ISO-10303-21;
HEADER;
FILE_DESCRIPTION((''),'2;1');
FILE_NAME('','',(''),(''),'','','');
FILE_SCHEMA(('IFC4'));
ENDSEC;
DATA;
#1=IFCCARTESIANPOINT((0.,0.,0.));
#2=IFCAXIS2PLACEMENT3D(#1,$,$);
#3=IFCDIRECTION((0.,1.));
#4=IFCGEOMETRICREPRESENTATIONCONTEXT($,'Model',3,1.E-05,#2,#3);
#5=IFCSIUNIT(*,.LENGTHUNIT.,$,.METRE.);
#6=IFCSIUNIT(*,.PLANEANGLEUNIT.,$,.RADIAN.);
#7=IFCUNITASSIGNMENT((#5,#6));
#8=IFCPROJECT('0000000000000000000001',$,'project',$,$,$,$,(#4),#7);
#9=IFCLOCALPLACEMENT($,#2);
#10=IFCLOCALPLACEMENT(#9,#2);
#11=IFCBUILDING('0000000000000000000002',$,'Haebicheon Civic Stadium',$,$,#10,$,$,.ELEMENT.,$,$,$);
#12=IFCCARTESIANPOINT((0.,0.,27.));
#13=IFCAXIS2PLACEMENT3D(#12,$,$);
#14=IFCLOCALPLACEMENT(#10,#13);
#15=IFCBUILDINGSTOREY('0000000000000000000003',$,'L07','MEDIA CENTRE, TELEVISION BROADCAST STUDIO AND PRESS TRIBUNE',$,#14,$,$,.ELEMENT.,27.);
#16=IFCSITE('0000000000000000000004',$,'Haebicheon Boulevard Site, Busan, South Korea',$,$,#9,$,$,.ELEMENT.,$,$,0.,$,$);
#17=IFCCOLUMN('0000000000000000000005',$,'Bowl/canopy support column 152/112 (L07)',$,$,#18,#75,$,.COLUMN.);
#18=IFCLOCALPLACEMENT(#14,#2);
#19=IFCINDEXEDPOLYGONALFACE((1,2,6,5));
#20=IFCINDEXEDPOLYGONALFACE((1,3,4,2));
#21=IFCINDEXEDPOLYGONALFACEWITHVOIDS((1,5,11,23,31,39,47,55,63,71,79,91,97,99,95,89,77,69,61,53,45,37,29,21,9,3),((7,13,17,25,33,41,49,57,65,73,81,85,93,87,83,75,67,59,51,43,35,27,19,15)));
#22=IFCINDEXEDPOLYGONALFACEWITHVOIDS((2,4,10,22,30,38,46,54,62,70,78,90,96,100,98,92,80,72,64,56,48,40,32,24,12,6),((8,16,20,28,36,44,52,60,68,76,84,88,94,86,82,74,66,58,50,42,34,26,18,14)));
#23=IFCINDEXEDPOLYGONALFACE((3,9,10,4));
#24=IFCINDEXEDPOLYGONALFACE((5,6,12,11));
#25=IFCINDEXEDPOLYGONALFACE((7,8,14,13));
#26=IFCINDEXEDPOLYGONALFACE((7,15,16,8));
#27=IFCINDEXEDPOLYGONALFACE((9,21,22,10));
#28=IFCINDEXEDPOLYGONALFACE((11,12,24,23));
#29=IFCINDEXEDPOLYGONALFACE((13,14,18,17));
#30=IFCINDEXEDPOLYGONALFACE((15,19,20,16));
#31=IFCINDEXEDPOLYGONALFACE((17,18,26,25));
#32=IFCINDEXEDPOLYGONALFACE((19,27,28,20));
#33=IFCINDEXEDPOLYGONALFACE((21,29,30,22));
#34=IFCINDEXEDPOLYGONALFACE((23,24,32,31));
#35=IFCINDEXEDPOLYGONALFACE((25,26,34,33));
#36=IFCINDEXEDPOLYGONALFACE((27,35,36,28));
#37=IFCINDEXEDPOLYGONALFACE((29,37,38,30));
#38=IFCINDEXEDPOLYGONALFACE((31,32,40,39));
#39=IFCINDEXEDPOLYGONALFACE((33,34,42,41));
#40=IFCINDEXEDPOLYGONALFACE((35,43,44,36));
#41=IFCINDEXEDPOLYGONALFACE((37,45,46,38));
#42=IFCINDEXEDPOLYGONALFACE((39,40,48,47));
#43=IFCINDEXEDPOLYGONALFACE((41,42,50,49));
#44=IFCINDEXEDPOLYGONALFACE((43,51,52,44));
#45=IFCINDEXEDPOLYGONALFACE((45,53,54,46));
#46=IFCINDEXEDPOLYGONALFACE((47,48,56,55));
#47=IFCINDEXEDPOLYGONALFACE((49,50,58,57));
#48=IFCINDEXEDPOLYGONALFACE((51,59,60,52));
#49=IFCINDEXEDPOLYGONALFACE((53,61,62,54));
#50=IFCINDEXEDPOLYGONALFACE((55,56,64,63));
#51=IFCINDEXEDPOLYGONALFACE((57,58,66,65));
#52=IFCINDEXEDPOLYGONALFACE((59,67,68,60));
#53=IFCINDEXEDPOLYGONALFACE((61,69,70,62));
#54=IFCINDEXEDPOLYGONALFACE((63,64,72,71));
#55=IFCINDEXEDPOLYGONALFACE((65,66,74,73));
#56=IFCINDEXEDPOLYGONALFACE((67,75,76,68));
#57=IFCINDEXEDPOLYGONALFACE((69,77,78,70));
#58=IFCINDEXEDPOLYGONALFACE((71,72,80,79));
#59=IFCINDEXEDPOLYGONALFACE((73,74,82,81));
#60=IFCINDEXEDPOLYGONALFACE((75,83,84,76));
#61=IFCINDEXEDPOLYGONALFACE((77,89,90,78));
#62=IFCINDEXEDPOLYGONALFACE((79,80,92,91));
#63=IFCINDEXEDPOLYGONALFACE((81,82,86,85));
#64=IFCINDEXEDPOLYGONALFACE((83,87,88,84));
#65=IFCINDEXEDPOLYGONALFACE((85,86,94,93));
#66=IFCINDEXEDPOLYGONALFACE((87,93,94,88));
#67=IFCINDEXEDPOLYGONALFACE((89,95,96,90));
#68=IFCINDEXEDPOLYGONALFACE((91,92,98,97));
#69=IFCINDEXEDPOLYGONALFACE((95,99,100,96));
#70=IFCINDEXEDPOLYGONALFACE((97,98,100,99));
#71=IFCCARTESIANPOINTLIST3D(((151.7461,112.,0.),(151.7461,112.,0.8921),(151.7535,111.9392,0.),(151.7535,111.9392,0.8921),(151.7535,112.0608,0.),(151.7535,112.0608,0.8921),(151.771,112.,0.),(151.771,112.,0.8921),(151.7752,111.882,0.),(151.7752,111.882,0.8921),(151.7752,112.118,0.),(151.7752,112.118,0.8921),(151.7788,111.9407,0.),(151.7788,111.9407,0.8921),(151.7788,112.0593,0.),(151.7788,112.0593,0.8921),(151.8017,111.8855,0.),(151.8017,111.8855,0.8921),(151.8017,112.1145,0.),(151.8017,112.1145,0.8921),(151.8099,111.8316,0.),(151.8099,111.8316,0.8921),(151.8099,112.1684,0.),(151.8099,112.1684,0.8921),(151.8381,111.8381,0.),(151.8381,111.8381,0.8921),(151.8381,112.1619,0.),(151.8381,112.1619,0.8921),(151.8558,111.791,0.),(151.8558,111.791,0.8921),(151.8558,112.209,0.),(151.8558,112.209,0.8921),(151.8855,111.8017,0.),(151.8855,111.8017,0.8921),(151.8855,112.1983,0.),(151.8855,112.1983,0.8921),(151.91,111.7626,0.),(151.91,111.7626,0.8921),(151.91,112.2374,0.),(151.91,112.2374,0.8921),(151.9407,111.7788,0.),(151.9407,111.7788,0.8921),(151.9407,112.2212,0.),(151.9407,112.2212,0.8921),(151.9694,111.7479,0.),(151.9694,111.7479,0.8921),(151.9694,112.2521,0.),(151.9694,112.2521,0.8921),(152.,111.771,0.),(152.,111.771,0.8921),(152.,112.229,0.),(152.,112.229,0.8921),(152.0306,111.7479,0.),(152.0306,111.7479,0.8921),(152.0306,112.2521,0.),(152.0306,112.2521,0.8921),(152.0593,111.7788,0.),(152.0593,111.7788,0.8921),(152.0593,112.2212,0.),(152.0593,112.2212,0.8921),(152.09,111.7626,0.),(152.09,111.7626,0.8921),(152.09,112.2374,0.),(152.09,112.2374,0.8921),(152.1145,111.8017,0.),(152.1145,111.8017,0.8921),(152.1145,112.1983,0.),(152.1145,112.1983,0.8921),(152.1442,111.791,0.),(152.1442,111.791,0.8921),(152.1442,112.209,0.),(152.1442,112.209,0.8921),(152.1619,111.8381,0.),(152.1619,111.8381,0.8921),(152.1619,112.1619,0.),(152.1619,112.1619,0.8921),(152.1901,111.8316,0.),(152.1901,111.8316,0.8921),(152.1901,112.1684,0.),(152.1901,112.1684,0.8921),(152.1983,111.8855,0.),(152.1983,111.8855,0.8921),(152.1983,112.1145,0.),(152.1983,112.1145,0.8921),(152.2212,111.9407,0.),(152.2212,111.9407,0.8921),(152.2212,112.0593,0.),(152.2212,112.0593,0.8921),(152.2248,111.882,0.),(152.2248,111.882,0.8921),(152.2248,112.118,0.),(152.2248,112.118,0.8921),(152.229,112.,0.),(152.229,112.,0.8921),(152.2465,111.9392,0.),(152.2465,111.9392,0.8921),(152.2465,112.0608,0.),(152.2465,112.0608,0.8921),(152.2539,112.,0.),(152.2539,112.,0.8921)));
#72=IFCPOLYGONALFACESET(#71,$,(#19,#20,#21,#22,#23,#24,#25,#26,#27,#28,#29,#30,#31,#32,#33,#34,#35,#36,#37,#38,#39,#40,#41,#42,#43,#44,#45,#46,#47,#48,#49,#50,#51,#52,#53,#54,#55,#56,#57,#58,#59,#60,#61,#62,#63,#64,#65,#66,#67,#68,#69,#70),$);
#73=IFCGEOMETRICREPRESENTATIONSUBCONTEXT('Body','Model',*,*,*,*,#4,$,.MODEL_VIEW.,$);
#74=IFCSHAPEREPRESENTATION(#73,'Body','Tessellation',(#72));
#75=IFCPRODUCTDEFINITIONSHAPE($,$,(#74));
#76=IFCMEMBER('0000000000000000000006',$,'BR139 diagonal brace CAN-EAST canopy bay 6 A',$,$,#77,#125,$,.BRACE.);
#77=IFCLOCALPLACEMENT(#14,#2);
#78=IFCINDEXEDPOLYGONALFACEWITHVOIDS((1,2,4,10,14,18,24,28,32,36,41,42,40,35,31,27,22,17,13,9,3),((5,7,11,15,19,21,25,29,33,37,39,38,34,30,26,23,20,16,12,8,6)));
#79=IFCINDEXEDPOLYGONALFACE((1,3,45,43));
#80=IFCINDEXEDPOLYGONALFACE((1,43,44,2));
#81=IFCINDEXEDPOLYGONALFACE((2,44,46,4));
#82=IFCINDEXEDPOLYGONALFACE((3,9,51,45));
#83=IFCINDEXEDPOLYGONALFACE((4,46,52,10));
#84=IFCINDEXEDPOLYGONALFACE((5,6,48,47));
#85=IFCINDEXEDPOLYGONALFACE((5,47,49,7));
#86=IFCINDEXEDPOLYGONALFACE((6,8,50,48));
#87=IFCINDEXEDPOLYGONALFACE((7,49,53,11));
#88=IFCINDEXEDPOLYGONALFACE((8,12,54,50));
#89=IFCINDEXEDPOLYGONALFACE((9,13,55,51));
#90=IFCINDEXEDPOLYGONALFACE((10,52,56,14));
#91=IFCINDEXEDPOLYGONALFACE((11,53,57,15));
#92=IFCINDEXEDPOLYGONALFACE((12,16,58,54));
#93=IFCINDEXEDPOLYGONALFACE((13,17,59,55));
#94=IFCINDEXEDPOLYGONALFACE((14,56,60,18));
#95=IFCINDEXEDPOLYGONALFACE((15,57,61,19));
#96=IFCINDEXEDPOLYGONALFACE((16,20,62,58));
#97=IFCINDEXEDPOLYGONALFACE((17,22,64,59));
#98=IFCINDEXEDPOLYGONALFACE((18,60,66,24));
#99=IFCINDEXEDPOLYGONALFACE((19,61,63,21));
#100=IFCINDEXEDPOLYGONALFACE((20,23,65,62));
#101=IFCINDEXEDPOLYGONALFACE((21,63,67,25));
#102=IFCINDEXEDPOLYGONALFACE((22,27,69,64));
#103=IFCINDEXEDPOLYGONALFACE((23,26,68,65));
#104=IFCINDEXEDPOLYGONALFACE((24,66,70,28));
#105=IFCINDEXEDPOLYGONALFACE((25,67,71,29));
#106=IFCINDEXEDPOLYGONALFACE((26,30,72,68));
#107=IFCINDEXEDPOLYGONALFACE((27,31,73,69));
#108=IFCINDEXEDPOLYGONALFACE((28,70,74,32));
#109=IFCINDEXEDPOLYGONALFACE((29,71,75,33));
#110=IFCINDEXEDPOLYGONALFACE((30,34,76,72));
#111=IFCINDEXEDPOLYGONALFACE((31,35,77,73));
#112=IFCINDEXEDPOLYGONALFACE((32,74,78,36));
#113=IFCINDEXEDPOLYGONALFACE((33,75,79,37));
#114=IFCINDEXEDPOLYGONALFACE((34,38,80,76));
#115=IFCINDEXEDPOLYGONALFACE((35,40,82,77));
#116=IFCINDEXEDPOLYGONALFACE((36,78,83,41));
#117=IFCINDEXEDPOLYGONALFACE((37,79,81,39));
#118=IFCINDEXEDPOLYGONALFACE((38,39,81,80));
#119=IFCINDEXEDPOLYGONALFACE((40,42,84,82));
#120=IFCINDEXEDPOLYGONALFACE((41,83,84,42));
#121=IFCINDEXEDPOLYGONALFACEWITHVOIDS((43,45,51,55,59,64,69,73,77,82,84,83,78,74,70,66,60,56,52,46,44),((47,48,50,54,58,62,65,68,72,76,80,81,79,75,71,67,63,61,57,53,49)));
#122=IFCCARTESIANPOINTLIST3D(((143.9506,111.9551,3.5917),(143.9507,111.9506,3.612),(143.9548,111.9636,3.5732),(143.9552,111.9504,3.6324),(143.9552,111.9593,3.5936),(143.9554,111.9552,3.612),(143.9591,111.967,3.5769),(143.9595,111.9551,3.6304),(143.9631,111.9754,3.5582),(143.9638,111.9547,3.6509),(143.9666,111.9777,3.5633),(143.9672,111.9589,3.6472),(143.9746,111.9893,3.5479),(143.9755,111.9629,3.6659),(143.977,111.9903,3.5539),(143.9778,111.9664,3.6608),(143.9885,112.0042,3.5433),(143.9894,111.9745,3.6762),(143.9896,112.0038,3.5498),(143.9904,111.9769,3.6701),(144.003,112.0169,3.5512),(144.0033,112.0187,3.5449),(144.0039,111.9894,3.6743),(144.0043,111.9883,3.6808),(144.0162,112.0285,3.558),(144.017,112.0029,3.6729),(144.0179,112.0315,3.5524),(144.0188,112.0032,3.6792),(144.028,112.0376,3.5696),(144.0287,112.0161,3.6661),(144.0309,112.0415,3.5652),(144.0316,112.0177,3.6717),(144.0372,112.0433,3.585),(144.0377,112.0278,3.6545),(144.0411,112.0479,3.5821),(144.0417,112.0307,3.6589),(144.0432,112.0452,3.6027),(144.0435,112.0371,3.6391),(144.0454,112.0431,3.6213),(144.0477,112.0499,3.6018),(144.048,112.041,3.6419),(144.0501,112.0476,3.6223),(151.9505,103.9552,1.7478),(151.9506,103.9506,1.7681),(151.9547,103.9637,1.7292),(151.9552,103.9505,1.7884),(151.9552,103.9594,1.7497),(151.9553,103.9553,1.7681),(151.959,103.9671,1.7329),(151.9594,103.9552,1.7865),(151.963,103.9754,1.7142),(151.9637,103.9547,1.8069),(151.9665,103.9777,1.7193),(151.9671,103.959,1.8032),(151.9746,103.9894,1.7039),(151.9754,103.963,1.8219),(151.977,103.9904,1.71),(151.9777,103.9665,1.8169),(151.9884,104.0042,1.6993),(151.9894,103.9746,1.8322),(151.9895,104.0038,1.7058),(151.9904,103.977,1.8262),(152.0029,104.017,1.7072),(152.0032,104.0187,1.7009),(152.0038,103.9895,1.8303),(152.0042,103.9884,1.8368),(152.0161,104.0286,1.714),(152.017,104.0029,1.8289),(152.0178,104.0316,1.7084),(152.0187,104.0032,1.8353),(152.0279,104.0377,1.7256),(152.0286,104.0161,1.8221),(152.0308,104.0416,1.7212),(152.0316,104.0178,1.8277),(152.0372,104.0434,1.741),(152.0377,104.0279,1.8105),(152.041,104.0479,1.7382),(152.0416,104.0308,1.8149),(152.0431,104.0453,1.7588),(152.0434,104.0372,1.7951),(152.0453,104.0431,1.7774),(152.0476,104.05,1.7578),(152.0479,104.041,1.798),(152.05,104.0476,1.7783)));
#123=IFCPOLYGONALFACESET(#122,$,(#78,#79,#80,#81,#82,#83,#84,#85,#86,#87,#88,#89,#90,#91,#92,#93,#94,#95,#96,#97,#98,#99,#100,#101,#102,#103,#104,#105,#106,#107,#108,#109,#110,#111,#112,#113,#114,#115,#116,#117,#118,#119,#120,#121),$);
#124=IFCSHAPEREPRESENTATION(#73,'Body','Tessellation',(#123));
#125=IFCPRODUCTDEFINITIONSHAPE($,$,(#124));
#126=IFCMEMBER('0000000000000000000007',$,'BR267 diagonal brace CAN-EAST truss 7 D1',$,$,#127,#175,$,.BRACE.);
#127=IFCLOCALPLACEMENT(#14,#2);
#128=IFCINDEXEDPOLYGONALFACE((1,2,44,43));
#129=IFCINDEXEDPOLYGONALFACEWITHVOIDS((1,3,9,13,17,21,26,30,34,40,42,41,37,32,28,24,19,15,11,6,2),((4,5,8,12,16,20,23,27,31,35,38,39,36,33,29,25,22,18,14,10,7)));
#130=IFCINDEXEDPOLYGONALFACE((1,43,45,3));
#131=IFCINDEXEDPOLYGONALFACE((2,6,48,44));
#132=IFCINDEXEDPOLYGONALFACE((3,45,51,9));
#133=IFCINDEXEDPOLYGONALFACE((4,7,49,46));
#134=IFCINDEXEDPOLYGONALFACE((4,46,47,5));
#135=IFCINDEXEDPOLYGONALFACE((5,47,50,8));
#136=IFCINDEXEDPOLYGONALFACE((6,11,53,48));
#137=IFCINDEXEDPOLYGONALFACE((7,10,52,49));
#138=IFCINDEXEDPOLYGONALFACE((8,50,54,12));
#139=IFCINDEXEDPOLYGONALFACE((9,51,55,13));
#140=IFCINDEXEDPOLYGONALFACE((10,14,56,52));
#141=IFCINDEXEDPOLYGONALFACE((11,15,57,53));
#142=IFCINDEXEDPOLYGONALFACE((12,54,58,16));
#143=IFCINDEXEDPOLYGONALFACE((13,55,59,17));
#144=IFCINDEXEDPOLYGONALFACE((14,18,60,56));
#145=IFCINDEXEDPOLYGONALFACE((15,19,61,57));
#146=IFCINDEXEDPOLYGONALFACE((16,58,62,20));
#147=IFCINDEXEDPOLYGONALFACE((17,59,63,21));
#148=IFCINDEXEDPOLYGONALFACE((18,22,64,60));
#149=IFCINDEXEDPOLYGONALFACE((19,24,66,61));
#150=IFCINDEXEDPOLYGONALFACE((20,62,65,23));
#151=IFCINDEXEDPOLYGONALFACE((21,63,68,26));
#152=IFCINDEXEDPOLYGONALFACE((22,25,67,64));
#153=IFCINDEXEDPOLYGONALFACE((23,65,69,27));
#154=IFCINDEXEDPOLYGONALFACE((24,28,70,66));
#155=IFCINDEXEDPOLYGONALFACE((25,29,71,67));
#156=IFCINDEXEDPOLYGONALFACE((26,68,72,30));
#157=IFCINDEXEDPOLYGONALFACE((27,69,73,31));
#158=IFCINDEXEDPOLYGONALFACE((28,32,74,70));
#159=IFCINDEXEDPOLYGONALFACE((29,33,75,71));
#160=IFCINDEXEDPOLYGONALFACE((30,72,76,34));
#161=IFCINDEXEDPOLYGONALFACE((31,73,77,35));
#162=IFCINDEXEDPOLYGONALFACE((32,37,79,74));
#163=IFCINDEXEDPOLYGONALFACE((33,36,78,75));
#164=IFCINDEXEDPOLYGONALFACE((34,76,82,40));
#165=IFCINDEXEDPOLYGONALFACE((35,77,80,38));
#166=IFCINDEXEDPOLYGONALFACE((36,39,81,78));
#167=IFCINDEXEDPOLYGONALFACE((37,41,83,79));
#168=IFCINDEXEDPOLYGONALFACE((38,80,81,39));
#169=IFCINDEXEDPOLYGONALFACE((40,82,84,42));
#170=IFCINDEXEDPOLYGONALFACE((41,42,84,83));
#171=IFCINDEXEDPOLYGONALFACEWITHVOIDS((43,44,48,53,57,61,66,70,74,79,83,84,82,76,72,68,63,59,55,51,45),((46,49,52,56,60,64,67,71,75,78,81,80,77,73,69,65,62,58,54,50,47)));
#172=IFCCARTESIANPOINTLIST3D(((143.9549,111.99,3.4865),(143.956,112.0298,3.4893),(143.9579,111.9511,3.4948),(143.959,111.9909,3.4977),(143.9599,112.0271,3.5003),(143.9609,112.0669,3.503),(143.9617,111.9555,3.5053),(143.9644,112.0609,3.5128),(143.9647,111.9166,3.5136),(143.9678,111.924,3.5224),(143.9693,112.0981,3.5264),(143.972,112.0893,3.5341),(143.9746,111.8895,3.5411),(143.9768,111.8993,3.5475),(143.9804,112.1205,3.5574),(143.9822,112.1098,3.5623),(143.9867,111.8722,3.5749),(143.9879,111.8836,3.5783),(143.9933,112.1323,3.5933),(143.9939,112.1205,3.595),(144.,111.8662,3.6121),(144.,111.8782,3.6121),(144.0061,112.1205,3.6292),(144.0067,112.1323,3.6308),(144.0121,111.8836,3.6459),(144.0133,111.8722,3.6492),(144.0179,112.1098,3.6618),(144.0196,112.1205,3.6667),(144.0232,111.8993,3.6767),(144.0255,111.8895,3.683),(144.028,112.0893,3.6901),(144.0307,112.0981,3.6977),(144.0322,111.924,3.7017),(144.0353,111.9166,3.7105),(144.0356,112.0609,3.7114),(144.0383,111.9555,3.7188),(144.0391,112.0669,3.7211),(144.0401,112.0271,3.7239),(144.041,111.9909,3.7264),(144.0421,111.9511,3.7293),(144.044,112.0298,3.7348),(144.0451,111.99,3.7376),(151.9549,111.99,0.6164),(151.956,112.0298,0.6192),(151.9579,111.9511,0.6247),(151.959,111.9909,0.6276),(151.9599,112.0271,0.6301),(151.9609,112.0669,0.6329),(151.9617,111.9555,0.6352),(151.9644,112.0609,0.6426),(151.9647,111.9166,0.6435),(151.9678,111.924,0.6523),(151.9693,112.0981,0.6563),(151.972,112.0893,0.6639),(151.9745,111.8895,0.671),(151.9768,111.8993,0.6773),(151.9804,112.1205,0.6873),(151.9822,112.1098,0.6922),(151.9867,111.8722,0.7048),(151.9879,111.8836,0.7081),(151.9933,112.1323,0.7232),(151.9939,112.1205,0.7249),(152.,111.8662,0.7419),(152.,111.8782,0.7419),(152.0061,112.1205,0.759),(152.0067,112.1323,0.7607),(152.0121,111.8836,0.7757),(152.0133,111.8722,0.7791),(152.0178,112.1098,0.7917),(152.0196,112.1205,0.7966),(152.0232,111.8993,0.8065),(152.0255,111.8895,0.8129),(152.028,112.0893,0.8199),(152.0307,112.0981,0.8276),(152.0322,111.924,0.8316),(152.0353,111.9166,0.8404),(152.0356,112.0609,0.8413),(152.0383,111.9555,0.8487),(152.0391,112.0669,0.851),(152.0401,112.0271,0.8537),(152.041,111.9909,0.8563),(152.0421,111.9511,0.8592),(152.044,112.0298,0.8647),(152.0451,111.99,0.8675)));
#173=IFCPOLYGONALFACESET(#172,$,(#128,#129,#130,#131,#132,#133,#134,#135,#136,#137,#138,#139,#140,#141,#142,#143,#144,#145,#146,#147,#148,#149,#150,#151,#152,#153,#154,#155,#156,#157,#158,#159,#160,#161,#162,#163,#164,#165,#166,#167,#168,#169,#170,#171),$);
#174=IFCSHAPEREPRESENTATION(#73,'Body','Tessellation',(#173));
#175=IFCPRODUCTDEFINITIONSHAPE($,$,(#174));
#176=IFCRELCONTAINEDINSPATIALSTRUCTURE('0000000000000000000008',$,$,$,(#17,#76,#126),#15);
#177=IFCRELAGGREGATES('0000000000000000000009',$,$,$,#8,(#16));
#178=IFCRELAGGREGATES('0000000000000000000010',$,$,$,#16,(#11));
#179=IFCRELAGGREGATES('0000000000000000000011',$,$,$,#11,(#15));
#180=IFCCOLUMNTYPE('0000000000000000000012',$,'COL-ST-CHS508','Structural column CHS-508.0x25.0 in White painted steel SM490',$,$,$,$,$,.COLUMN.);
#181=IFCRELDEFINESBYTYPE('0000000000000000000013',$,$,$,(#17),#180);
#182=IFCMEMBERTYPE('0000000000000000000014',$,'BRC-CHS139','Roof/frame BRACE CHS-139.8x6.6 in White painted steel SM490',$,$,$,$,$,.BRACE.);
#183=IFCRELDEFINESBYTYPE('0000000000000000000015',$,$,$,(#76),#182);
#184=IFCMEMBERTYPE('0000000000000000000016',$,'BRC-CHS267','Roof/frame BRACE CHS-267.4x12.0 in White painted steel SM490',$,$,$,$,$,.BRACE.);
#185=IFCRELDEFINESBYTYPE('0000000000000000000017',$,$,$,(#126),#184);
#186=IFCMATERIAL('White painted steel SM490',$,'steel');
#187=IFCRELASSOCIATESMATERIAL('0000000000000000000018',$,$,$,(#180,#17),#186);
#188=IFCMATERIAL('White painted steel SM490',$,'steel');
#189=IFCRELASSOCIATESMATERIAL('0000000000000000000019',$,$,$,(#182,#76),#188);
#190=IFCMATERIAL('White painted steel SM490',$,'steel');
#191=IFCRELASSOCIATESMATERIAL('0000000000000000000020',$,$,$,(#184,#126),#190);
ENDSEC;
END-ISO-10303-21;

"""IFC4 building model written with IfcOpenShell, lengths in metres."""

from ifc_helpers import new_model, si_unit, direction, frame, origin, origin_2d, place, context, subcontext, project, spatial, hollow_circle, extrude, material, material_profile, profile_set, type_object, element, save


model = new_model("IFC4")

# Units and contexts
model_context = context("Model", 3, precision=1e-05, world=origin(), true_north=direction((0.0, 1.0)))
body_context = subcontext(model_context, "Body", "Model", "MODEL_VIEW")
ifc_project = project(units=[si_unit("LENGTHUNIT", "METRE"), si_unit("PLANEANGLEUNIT", "RADIAN")], contexts=[model_context])

# Site, building, storey
site_placement = place(None, origin())
site = spatial("IfcSite", under=ifc_project, at=site_placement, Name="Haebicheon Boulevard Site, Busan, South Korea", CompositionType="ELEMENT", RefElevation=0.0)
building_placement = place(site_placement, origin())
building = spatial("IfcBuilding", under=site, at=building_placement, Name="Haebicheon Civic Stadium", CompositionType="ELEMENT")
storey_placement = place(building_placement, frame((0.0, 0.0, 27.0)))
storey = spatial("IfcBuildingStorey", under=building, at=storey_placement, Name="L07", Description="MEDIA CENTRE, TELEVISION BROADCAST STUDIO AND PRESS TRIBUNE", CompositionType="ELEMENT", Elevation=27.0)

# Column
ifc_material_1 = material(Name="White painted steel SM490", Category="steel")
ifc_material_profile_1 = material_profile(ifc_material_1, hollow_circle(Radius=0.2539, WallThickness=0.0249, at=origin_2d()), Name="CHS-508.0x25.0")
ifc_profile_set_1 = profile_set([ifc_material_profile_1], Name="White painted steel SM490")
column_type = type_object("IfcColumnType", Name="COL-ST-CHS508", Description="Structural column CHS-508.0x25.0 in White painted steel SM490", PredefinedType="COLUMN", material=ifc_profile_set_1)
column_placement = place(storey_placement, frame((152.0, 112.0, 0.0), z_axis=(0.0, 0.0, 1.0), x_axis=(1.0, 0.0, 0.0)))
element("IfcColumn", 1, at=column_placement, inside=storey, type_object=column_type, material=ifc_profile_set_1, Name="Bowl/canopy support column 152/112 (L07)", PredefinedType="COLUMN", context=body_context, shape_type="SweptSolid", body=[
    extrude(hollow_circle(Radius=0.2539, WallThickness=0.0249, at=origin_2d()), origin(), (0.0, 0.0, 1.0), 0.8921),
])

# Members
ifc_material_2 = material(Name="White painted steel SM490", Category="steel")
ifc_material_profile_2 = material_profile(ifc_material_2, hollow_circle(Radius=0.0698, WallThickness=0.0066, at=origin_2d()), Name="CHS-139.8x6.6")
ifc_profile_set_2 = profile_set([ifc_material_profile_2], Name="White painted steel SM490")
member_type_1 = type_object("IfcMemberType", Name="BRC-CHS139", Description="Roof/frame BRACE CHS-139.8x6.6 in White painted steel SM490", PredefinedType="BRACE", material=ifc_profile_set_2)
member_1_placement = place(storey_placement, frame((152.0, 104.0, 1.7681), z_axis=(-0.697898, 0.697898, 0.160865), x_axis=(-0.707107, -0.707107, 0.0)))
element("IfcMember", 2, at=member_1_placement, inside=storey, type_object=member_type_1, material=ifc_profile_set_2, Name="BR139 diagonal brace CAN-EAST canopy bay 6 A", PredefinedType="BRACE", context=body_context, shape_type="SweptSolid", body=[
    extrude(hollow_circle(Radius=0.0698, WallThickness=0.0066, at=origin_2d()), origin(), (0.0, 0.0, 1.0), 11.4629),
])
ifc_material_3 = material(Name="White painted steel SM490", Category="steel")
ifc_material_profile_3 = material_profile(ifc_material_3, hollow_circle(Radius=0.1338, WallThickness=0.012, at=origin_2d()), Name="CHS-267.4x12.0")
ifc_profile_set_3 = profile_set([ifc_material_profile_3], Name="White painted steel SM490")
member_type_2 = type_object("IfcMemberType", Name="BRC-CHS267", Description="Roof/frame BRACE CHS-267.4x12.0 in White painted steel SM490", PredefinedType="BRACE", material=ifc_profile_set_3)
member_2_placement = place(storey_placement, frame((152.0, 112.0, 0.7419), z_axis=(-0.941257, 0.0, 0.33769), x_axis=(0.0, -1.0, 0.0)))
element("IfcMember", 3, at=member_2_placement, inside=storey, type_object=member_type_2, material=ifc_profile_set_3, Name="BR267 diagonal brace CAN-EAST truss 7 D1", PredefinedType="BRACE", context=body_context, shape_type="SweptSolid", body=[
    extrude(hollow_circle(Radius=0.1338, WallThickness=0.012, at=origin_2d()), origin(), (0.0, 0.0, 1.0), 8.4993),
])

save(model, "model.ifc")
